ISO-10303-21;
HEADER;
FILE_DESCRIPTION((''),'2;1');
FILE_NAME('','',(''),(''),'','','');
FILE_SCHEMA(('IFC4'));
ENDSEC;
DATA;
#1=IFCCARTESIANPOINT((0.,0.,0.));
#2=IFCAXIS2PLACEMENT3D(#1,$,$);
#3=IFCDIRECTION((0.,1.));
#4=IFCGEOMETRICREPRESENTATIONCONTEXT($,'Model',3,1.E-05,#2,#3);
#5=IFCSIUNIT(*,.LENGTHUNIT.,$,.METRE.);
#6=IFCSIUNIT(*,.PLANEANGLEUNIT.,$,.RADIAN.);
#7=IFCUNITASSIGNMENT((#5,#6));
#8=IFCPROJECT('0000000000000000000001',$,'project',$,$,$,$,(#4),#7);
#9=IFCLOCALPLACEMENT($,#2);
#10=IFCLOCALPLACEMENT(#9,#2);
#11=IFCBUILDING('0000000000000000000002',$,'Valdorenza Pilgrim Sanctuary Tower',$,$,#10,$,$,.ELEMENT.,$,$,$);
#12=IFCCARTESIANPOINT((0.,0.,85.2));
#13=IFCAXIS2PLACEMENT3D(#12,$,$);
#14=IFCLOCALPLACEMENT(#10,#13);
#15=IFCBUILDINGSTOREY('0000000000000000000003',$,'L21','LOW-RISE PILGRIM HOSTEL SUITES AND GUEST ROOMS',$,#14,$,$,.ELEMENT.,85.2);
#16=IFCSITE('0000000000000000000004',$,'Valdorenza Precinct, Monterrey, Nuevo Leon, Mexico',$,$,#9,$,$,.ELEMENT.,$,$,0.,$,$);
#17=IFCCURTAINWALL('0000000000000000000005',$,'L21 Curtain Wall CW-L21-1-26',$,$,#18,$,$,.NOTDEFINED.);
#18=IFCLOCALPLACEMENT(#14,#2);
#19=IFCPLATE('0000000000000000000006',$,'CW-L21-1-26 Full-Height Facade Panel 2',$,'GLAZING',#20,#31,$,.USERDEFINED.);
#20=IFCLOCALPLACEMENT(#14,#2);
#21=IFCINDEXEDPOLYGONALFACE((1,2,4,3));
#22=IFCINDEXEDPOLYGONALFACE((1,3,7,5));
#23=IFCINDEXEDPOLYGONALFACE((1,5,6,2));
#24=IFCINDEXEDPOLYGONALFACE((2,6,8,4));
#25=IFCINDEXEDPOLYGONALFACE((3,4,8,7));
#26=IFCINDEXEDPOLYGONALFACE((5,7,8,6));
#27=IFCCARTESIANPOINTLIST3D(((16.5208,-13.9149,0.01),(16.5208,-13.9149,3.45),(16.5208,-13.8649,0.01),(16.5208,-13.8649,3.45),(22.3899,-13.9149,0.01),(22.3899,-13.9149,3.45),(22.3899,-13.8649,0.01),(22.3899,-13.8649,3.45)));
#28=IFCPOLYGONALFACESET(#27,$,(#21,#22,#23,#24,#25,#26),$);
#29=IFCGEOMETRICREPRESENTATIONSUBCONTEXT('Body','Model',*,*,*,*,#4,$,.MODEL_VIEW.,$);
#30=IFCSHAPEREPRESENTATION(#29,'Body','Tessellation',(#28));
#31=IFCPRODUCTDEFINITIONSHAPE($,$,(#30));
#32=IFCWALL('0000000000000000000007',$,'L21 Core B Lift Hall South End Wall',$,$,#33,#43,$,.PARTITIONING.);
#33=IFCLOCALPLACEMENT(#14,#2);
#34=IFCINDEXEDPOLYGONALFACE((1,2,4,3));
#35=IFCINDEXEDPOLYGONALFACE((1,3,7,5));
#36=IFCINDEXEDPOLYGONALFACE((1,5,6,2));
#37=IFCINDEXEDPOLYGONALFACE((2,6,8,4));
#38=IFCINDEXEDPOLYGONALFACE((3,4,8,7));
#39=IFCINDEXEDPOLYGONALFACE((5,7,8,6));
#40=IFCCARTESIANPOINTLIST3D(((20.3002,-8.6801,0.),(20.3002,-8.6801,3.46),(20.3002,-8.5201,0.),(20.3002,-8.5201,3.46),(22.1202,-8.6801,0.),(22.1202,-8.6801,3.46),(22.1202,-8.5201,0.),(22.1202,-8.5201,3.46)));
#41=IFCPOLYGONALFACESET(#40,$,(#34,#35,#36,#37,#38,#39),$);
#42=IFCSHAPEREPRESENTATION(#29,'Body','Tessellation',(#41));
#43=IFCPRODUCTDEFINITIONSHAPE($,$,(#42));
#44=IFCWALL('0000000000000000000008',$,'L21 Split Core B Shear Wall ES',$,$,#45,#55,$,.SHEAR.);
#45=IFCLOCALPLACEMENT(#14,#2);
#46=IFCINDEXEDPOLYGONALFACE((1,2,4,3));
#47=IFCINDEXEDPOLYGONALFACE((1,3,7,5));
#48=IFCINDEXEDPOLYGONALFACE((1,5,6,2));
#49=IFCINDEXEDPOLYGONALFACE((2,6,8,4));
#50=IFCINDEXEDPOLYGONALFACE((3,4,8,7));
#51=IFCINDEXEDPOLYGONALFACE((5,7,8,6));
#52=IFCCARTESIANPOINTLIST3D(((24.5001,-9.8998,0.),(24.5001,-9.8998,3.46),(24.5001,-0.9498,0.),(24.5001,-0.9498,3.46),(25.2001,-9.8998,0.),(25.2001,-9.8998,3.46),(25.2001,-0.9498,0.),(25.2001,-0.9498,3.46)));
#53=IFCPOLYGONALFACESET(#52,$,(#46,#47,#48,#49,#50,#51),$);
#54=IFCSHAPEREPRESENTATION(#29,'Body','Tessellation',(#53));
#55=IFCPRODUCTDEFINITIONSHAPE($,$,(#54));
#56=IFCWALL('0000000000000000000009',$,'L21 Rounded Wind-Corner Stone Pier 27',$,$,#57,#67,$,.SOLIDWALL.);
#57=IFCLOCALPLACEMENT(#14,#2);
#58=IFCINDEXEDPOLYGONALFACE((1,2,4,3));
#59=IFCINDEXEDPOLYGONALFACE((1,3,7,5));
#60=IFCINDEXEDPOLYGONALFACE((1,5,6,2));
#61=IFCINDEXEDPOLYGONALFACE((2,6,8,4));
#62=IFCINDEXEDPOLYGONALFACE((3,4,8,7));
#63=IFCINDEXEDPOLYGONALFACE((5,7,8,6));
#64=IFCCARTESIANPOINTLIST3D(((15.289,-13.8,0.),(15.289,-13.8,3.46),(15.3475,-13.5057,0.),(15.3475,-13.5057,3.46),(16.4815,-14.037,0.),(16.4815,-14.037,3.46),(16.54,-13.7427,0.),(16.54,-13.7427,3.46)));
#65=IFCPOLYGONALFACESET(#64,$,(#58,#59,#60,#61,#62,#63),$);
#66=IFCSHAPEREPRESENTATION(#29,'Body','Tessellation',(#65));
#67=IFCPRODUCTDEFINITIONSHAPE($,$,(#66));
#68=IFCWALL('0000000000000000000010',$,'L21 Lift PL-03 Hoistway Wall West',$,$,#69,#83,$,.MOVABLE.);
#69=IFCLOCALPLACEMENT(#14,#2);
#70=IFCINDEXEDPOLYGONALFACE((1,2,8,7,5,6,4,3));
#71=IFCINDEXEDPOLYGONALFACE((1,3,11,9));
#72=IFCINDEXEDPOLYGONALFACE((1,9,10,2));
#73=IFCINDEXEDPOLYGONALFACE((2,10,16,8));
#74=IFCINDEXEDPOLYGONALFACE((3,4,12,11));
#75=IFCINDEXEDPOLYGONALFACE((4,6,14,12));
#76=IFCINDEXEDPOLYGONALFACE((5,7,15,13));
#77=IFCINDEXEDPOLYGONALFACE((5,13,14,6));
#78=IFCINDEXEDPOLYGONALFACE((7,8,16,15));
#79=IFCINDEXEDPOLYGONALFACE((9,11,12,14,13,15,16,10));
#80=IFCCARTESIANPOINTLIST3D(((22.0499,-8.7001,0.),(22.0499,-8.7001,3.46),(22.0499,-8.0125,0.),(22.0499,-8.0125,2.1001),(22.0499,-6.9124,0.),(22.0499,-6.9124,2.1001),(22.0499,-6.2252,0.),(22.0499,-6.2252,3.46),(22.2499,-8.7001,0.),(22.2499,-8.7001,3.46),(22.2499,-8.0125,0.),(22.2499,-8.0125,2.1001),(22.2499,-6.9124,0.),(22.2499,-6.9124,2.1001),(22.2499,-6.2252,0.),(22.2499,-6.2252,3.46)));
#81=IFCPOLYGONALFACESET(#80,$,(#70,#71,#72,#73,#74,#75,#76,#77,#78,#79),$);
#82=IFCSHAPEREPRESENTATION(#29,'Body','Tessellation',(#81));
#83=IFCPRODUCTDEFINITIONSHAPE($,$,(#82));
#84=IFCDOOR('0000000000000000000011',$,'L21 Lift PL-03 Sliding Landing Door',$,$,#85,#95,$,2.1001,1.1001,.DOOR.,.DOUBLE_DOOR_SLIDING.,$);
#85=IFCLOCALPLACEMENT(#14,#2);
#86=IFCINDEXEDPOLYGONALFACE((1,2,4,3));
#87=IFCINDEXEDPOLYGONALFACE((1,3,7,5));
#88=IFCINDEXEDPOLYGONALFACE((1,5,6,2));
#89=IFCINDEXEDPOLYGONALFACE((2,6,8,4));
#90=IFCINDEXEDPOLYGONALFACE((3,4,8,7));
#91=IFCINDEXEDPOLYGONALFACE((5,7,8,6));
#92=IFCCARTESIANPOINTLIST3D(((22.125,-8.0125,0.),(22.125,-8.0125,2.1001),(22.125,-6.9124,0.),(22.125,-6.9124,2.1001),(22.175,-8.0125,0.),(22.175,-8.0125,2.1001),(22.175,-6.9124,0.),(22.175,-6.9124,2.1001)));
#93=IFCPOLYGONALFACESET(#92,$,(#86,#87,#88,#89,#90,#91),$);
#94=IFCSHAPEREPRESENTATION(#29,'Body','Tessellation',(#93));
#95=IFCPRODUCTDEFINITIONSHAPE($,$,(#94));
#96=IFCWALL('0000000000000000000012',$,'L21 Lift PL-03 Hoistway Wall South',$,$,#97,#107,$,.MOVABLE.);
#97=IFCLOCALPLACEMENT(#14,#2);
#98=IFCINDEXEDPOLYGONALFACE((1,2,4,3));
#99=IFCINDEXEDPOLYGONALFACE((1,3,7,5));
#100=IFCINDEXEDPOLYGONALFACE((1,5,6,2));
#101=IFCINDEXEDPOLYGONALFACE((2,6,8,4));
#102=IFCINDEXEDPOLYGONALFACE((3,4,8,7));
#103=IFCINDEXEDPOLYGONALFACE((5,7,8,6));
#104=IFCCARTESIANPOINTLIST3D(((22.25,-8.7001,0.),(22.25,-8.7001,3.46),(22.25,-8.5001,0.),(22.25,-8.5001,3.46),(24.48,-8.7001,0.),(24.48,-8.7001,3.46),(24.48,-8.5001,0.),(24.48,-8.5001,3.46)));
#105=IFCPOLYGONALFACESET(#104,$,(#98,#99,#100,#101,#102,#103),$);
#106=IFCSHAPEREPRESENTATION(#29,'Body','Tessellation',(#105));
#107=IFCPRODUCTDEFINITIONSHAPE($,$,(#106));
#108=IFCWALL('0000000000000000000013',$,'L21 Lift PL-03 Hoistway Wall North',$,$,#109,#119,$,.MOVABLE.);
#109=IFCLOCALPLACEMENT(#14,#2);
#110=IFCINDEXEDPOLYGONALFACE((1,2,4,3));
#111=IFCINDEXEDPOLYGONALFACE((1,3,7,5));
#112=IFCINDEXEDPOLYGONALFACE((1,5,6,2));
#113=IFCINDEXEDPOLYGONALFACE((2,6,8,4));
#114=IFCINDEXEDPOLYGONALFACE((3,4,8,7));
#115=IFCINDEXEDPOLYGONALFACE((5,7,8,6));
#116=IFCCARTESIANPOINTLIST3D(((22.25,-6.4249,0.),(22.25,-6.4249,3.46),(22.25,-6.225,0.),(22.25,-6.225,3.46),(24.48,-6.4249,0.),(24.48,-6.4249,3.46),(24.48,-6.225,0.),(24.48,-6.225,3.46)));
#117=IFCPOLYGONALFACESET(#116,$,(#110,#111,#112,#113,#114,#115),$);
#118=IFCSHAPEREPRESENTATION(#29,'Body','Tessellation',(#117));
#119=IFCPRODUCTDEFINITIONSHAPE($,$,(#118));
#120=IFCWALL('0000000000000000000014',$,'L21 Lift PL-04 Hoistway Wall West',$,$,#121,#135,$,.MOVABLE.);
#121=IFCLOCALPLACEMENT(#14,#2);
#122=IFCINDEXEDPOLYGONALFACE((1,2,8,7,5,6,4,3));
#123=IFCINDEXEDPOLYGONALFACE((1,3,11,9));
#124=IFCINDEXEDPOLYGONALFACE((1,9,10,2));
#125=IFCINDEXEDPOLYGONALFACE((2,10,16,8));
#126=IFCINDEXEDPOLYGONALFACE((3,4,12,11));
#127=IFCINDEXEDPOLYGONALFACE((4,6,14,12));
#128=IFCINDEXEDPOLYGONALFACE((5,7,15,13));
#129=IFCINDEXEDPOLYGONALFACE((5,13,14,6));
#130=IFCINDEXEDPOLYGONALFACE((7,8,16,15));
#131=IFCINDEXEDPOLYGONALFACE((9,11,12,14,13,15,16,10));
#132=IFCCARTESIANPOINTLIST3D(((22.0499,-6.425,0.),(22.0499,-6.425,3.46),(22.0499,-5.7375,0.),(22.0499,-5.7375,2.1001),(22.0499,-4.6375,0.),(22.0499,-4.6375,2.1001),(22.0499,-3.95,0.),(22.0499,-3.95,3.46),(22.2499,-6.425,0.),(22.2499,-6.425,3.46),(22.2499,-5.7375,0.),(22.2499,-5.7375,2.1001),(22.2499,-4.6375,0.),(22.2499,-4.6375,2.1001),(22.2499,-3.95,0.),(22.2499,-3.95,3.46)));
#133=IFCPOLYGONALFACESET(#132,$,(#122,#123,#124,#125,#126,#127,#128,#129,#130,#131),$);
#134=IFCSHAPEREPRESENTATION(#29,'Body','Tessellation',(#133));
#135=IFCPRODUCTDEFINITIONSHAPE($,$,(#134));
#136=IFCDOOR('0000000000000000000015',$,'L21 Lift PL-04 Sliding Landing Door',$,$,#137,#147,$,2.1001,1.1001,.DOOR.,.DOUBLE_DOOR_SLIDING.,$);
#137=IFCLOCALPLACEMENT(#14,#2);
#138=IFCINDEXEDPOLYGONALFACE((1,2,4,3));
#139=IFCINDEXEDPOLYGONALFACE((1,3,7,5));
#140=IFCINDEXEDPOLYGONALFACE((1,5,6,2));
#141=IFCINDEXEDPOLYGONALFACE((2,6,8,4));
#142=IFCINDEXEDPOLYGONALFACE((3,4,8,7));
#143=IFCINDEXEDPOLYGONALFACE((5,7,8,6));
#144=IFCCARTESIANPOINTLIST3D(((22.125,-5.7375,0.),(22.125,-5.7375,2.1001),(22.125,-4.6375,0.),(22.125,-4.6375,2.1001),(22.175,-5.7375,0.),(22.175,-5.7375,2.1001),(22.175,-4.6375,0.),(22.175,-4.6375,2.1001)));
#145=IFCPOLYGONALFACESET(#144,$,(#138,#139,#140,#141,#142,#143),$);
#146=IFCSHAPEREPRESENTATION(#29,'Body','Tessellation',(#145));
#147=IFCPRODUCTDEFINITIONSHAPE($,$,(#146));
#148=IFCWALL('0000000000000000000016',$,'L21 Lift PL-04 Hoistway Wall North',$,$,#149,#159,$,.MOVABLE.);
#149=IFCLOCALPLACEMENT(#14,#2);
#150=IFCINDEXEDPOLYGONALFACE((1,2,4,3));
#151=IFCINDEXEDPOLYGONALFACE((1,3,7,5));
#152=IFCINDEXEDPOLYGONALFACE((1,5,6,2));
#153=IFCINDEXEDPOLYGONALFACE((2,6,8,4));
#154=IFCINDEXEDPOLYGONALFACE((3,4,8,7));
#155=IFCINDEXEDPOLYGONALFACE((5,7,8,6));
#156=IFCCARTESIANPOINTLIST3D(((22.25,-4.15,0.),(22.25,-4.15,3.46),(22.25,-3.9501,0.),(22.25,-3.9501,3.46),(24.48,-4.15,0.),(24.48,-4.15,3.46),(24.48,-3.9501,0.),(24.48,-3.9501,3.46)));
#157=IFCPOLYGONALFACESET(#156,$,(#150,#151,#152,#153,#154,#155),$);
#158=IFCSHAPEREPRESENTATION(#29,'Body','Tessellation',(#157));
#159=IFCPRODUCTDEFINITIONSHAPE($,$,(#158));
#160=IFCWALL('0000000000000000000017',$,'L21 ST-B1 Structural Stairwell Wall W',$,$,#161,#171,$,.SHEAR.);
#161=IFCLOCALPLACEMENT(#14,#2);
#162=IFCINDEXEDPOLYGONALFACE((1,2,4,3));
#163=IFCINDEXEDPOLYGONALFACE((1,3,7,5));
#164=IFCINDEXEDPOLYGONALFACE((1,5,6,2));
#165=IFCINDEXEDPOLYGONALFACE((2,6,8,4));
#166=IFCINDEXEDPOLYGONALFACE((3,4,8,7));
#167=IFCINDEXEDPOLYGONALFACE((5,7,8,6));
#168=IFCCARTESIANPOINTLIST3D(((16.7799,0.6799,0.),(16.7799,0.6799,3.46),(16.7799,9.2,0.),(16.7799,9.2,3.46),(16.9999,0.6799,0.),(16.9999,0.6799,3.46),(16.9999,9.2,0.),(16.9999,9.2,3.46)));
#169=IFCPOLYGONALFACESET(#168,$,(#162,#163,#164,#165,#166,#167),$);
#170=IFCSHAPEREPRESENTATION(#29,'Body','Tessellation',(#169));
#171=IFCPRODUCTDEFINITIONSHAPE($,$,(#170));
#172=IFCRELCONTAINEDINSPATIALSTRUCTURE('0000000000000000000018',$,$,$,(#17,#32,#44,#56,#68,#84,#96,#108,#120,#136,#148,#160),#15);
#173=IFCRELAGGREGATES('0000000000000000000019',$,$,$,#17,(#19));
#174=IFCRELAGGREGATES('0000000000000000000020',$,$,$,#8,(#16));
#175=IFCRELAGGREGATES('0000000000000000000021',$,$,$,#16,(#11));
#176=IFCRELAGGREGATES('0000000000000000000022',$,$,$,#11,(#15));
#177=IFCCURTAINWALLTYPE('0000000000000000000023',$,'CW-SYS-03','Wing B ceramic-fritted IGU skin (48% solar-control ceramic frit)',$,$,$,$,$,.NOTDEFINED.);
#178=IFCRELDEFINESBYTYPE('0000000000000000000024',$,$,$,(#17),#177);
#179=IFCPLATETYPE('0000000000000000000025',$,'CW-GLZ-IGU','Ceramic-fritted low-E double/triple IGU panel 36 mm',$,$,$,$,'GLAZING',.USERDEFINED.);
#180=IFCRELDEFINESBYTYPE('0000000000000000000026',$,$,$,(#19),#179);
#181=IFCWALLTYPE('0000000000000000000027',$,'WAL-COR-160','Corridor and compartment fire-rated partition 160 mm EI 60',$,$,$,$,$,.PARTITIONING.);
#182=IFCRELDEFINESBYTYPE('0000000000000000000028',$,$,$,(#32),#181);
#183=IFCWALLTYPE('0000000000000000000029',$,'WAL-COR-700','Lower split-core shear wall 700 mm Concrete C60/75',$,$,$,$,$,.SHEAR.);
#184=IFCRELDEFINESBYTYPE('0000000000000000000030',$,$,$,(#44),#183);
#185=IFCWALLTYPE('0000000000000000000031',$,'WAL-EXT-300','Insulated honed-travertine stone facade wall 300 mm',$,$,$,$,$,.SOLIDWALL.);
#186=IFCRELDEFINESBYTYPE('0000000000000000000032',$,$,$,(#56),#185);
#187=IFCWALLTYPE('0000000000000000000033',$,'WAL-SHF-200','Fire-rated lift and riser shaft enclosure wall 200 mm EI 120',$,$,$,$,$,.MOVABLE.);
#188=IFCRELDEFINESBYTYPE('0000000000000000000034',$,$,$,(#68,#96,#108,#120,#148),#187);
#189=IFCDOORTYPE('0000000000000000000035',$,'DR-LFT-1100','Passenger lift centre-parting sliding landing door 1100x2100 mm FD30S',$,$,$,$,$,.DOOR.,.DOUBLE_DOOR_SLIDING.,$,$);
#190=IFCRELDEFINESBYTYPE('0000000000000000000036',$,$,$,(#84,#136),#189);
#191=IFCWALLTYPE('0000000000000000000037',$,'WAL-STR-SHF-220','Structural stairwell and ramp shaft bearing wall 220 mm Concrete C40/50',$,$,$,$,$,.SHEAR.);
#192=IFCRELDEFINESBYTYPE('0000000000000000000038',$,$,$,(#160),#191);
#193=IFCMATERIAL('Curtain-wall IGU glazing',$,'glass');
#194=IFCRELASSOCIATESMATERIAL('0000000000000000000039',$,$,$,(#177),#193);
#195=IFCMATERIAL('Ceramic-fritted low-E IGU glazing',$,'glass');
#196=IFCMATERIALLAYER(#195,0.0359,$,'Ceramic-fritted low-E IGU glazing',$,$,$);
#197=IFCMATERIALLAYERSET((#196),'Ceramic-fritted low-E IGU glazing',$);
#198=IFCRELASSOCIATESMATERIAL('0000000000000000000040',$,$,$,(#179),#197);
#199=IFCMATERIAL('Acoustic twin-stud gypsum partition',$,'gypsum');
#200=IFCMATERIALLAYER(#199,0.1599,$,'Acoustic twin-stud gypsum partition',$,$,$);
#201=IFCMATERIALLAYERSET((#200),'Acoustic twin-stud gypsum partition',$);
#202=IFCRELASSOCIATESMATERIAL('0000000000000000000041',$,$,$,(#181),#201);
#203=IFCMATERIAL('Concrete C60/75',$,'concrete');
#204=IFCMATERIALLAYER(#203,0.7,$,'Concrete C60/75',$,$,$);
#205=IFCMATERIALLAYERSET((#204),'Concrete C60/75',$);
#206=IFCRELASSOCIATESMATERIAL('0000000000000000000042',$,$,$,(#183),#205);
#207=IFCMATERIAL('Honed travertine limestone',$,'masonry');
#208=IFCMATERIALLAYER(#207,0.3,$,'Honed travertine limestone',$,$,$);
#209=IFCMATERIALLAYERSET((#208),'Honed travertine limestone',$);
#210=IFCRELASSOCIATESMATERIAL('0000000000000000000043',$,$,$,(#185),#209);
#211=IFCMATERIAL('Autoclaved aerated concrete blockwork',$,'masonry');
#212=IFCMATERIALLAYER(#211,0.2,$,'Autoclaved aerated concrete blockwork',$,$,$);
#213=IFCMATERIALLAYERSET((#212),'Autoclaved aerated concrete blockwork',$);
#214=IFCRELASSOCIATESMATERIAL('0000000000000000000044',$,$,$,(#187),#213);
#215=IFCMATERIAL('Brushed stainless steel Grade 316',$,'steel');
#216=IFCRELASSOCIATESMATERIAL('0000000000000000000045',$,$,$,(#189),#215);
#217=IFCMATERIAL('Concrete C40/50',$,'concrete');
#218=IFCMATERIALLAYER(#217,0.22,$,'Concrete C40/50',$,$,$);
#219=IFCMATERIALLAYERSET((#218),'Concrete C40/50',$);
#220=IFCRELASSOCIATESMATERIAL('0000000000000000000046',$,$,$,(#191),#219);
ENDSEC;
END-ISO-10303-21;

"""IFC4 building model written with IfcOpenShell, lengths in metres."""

from ifc_helpers import new_model, si_unit, direction, frame, frame_2d, origin, origin_2d, place, context, subcontext, project, spatial, rectangle, extrude, source, transform, mapped, material, layer, layer_set, type_object, element, fill, aggregate, save


model = new_model("IFC4")

# Units and contexts
model_context = context("Model", 3, precision=1e-05, world=origin(), true_north=direction((0.0, 1.0)))
body_context = subcontext(model_context, "Body", "Model", "MODEL_VIEW")
ifc_project = project(units=[si_unit("LENGTHUNIT", "METRE"), si_unit("PLANEANGLEUNIT", "RADIAN")], contexts=[model_context])

# Site, building, storey
site_placement = place(None, origin())
site = spatial("IfcSite", under=ifc_project, at=site_placement, Name="Valdorenza Precinct, Monterrey, Nuevo Leon, Mexico", CompositionType="ELEMENT", RefElevation=0.0)
building_placement = place(site_placement, origin())
building = spatial("IfcBuilding", under=site, at=building_placement, Name="Valdorenza Pilgrim Sanctuary Tower", CompositionType="ELEMENT")
storey_placement = place(building_placement, frame((0.0, 0.0, 85.2)))
storey = spatial("IfcBuildingStorey", under=building, at=storey_placement, Name="L21", Description="LOW-RISE PILGRIM HOSTEL SUITES AND GUEST ROOMS", CompositionType="ELEMENT", Elevation=85.2)

# Shared definitions
ifc_material_1 = material(Name="Concrete C60/75", Category="concrete")

# Curtain wall, plate
ifc_material_2 = material(Name="Curtain-wall IGU glazing", Category="glass")
curtain_wall_type = type_object("IfcCurtainWallType", Name="CW-SYS-03", Description="Wing B ceramic-fritted IGU skin (48% solar-control ceramic frit)", PredefinedType="NOTDEFINED", material=ifc_material_2)
curtain_wall_placement = place(storey_placement, origin())
curtain_wall = element("IfcCurtainWall", 1, at=curtain_wall_placement, inside=storey, type_object=curtain_wall_type, Name="L21 Curtain Wall CW-L21-1-26", PredefinedType="NOTDEFINED")
ifc_material_3 = material(Name="Ceramic-fritted low-E IGU glazing", Category="glass")
ifc_layer_1 = layer(ifc_material_3, 0.0359, Name="Ceramic-fritted low-E IGU glazing")
ifc_layer_set_1 = layer_set([ifc_layer_1], Name="Ceramic-fritted low-E IGU glazing")
plate_type = type_object("IfcPlateType", Name="CW-GLZ-IGU", Description="Ceramic-fritted low-E double/triple IGU panel 36 mm", ElementType="GLAZING", PredefinedType="USERDEFINED", material=ifc_layer_set_1)
shared_shape_1 = source(origin(), body_context, "Body", "SweptSolid", [
    extrude(rectangle(XDim=5.8691, YDim=0.05, at=origin_2d()), origin(), (0.0, 0.0, 1.0), 3.4399),
])
plate_placement = place(storey_placement, frame((19.4553, -13.8899, 0.01), z_axis=(0.0, 0.0, 1.0), x_axis=(-1.0, 0.0, 0.0)))
plate = element("IfcPlate", 2, at=plate_placement, type_object=plate_type, Name="CW-L21-1-26 Full-Height Facade Panel 2", ObjectType="GLAZING", PredefinedType="USERDEFINED", context=body_context, shape_type="MappedRepresentation", body=[
    mapped(shared_shape_1, transform((0.0, 0.0, 0.0), x_axis=(1.0, 0.0, 0.0), y_axis=(0.0, 1.0, 0.0), z_axis=(0.0, 0.0, 1.0), scale=1.0)),
])
aggregate(curtain_wall, [plate])

# Walls
ifc_material_4 = material(Name="Acoustic twin-stud gypsum partition", Category="gypsum")
ifc_layer_2 = layer(ifc_material_4, 0.1599, Name="Acoustic twin-stud gypsum partition")
ifc_layer_set_2 = layer_set([ifc_layer_2], Name="Acoustic twin-stud gypsum partition")
wall_type_1 = type_object("IfcWallType", Name="WAL-COR-160", Description="Corridor and compartment fire-rated partition 160 mm EI 60", PredefinedType="PARTITIONING", material=ifc_layer_set_2)
wall_1_placement = place(storey_placement, frame((20.3, -8.6001, 0.0), z_axis=(0.0, 0.0, 1.0), x_axis=(1.0, 0.0, 0.0)))
element("IfcWall", 3, at=wall_1_placement, inside=storey, type_object=wall_type_1, Name="L21 Core B Lift Hall South End Wall", PredefinedType="PARTITIONING", context=body_context, shape_type="SweptSolid", body=[
    extrude(rectangle(XDim=1.8201, YDim=0.1599, at=frame_2d((0.9102, 0.0))), origin(), (0.0, 0.0, 1.0), 3.46),
])
ifc_layer_3 = layer(ifc_material_1, 0.7, Name="Concrete C60/75")
ifc_layer_set_3 = layer_set([ifc_layer_3], Name="Concrete C60/75")
wall_type_2 = type_object("IfcWallType", Name="WAL-COR-700", Description="Lower split-core shear wall 700 mm Concrete C60/75", PredefinedType="SHEAR", material=ifc_layer_set_3)
wall_2_placement = place(storey_placement, frame((24.8501, -9.8999, 0.0), z_axis=(0.0, 0.0, 1.0), x_axis=(0.0, 1.0, 0.0)))
element("IfcWall", 4, at=wall_2_placement, inside=storey, type_object=wall_type_2, Name="L21 Split Core B Shear Wall ES", PredefinedType="SHEAR", context=body_context, shape_type="SweptSolid", body=[
    extrude(rectangle(XDim=8.95, YDim=0.7, at=frame_2d((4.4751, 0.0))), origin(), (0.0, 0.0, 1.0), 3.46),
])
ifc_material_5 = material(Name="Honed travertine limestone", Category="masonry")
ifc_layer_4 = layer(ifc_material_5, 0.3, Name="Honed travertine limestone")
ifc_layer_set_4 = layer_set([ifc_layer_4], Name="Honed travertine limestone")
wall_type_3 = type_object("IfcWallType", Name="WAL-EXT-300", Description="Insulated honed-travertine stone facade wall 300 mm", PredefinedType="SOLIDWALL", material=ifc_layer_set_4)
wall_3_placement = place(storey_placement, frame((16.5107, -13.8899, 0.0), z_axis=(0.0, 0.0, 1.0), x_axis=(-0.980804, 0.194996, 0.0)))
element("IfcWall", 5, at=wall_3_placement, inside=storey, type_object=wall_type_3, Name="L21 Rounded Wind-Corner Stone Pier 27", PredefinedType="SOLIDWALL", context=body_context, shape_type="SweptSolid", body=[
    extrude(rectangle(XDim=1.2158, YDim=0.3, at=frame_2d((0.6079, 0.0))), origin(), (0.0, 0.0, 1.0), 3.46),
])

# Wall, opening, door
ifc_material_6 = material(Name="Autoclaved aerated concrete blockwork", Category="masonry")
ifc_layer_5 = layer(ifc_material_6, 0.2, Name="Autoclaved aerated concrete blockwork")
ifc_layer_set_5 = layer_set([ifc_layer_5], Name="Autoclaved aerated concrete blockwork")
wall_type_4 = type_object("IfcWallType", Name="WAL-SHF-200", Description="Fire-rated lift and riser shaft enclosure wall 200 mm EI 120", PredefinedType="MOVABLE", material=ifc_layer_set_5)
wall_4_placement = place(storey_placement, frame((22.1499, -8.7, 0.0), z_axis=(0.0, 0.0, 1.0), x_axis=(0.0, 1.0, 0.0)))
wall_4 = element("IfcWall", 6, at=wall_4_placement, inside=storey, type_object=wall_type_4, Name="L21 Lift PL-03 Hoistway Wall West", PredefinedType="MOVABLE", context=body_context, shape_type="SweptSolid", body=[
    extrude(rectangle(XDim=2.4749, YDim=0.2, at=frame_2d((1.2373, 0.0))), origin(), (0.0, 0.0, 1.0), 3.46),
])
opening_1_placement = place(wall_4_placement, frame((0.6875, 0.0, 0.0)))
opening_1 = element("IfcOpeningElement", 7, at=opening_1_placement, cuts=wall_4, PredefinedType="OPENING", context=body_context, shape_type="SweptSolid", body=[
    extrude(rectangle(XDim=1.1001, YDim=2.1001, at=frame_2d((0.55, 1.05))), frame((0.0, 0.1147, 0.0), z_axis=(0.0, -1.0, 0.0), x_axis=(1.0, 0.0, 0.0)), (0.0, 0.0, 1.0), 0.2297),
])
ifc_material_7 = material(Name="Brushed stainless steel Grade 316", Category="steel")
door_type_1 = type_object("IfcDoorType", Name="DR-LFT-1100", Description="Passenger lift centre-parting sliding landing door 1100x2100 mm FD30S", OperationType="DOUBLE_DOOR_SLIDING", PredefinedType="DOOR", material=ifc_material_7)
door_1_placement = place(opening_1_placement, origin())
door_1 = element("IfcDoor", 8, at=door_1_placement, inside=storey, type_object=door_type_1, Name="L21 Lift PL-03 Sliding Landing Door", OperationType="DOUBLE_DOOR_SLIDING", OverallHeight=2.1001, OverallWidth=1.1001, PredefinedType="DOOR", context=body_context, shape_type="SweptSolid", body=[
    extrude(rectangle(XDim=1.1001, YDim=2.1001, at=frame_2d((0.55, 1.05))), frame((0.0, 0.0249, 0.0), z_axis=(0.0, -1.0, 0.0), x_axis=(1.0, 0.0, 0.0)), (0.0, 0.0, 1.0), 0.05),
])
fill(opening_1, door_1)

# Walls
for number, where, z_axis, x_axis, name in (
    (9, (22.25, -8.6001, 0.0), (0.0, 0.0, 1.0), (1.0, 0.0, 0.0), "L21 Lift PL-03 Hoistway Wall South"),
    (10, (22.25, -6.325, 0.0), (0.0, 0.0, 1.0), (1.0, 0.0, 0.0), "L21 Lift PL-03 Hoistway Wall North"),
):
    element("IfcWall", number, at=place(storey_placement, frame(where, z_axis=z_axis, x_axis=x_axis)), inside=storey, type_object=wall_type_4, Name=name, PredefinedType="MOVABLE", context=body_context, shape_type="SweptSolid", body=[
        extrude(rectangle(XDim=2.23, YDim=0.2, at=frame_2d((1.115, 0.0))), origin(), (0.0, 0.0, 1.0), 3.46),
    ])

# Wall, opening, door
wall_5_placement = place(storey_placement, frame((22.1499, -6.425, 0.0), z_axis=(0.0, 0.0, 1.0), x_axis=(0.0, 1.0, 0.0)))
wall_5 = element("IfcWall", 11, at=wall_5_placement, inside=storey, type_object=wall_type_4, Name="L21 Lift PL-04 Hoistway Wall West", PredefinedType="MOVABLE", context=body_context, shape_type="SweptSolid", body=[
    extrude(rectangle(XDim=2.4751, YDim=0.2, at=frame_2d((1.2375, 0.0))), origin(), (0.0, 0.0, 1.0), 3.46),
])
opening_2_placement = place(wall_5_placement, frame((0.6875, 0.0, 0.0)))
opening_2 = element("IfcOpeningElement", 12, at=opening_2_placement, cuts=wall_5, PredefinedType="OPENING", context=body_context, shape_type="SweptSolid", body=[
    extrude(rectangle(XDim=1.1001, YDim=2.1001, at=frame_2d((0.55, 1.05))), frame((0.0, 0.1147, 0.0), z_axis=(0.0, -1.0, 0.0), x_axis=(1.0, 0.0, 0.0)), (0.0, 0.0, 1.0), 0.2297),
])
door_2_placement = place(opening_2_placement, origin())
door_2 = element("IfcDoor", 13, at=door_2_placement, inside=storey, type_object=door_type_1, Name="L21 Lift PL-04 Sliding Landing Door", OperationType="DOUBLE_DOOR_SLIDING", OverallHeight=2.1001, OverallWidth=1.1001, PredefinedType="DOOR", context=body_context, shape_type="SweptSolid", body=[
    extrude(rectangle(XDim=1.1001, YDim=2.1001, at=frame_2d((0.55, 1.05))), frame((0.0, 0.0249, 0.0), z_axis=(0.0, -1.0, 0.0), x_axis=(1.0, 0.0, 0.0)), (0.0, 0.0, 1.0), 0.05),
])
fill(opening_2, door_2)

# Walls
wall_6_placement = place(storey_placement, frame((22.25, -4.05, 0.0), z_axis=(0.0, 0.0, 1.0), x_axis=(1.0, 0.0, 0.0)))
element("IfcWall", 14, at=wall_6_placement, inside=storey, type_object=wall_type_4, Name="L21 Lift PL-04 Hoistway Wall North", PredefinedType="MOVABLE", context=body_context, shape_type="SweptSolid", body=[
    extrude(rectangle(XDim=2.23, YDim=0.2, at=frame_2d((1.115, 0.0))), origin(), (0.0, 0.0, 1.0), 3.46),
])
ifc_material_8 = material(Name="Concrete C40/50", Category="concrete")
ifc_layer_6 = layer(ifc_material_8, 0.22, Name="Concrete C40/50")
ifc_layer_set_6 = layer_set([ifc_layer_6], Name="Concrete C40/50")
wall_type_5 = type_object("IfcWallType", Name="WAL-STR-SHF-220", Description="Structural stairwell and ramp shaft bearing wall 220 mm Concrete C40/50", PredefinedType="SHEAR", material=ifc_layer_set_6)
for number, where, z_axis, x_axis, name in (
    (15, (16.8899, 0.6799, 0.0), (0.0, 0.0, 1.0), (0.0, 1.0, 0.0), "L21 ST-B1 Structural Stairwell Wall W"),
):
    element("IfcWall", number, at=place(storey_placement, frame(where, z_axis=z_axis, x_axis=x_axis)), inside=storey, type_object=wall_type_5, Name=name, PredefinedType="SHEAR", context=body_context, shape_type="SweptSolid", body=[
        extrude(rectangle(XDim=8.52, YDim=0.22, at=frame_2d((4.26, 0.0))), origin(), (0.0, 0.0, 1.0), 3.46),
    ])

save(model, "model.ifc")
